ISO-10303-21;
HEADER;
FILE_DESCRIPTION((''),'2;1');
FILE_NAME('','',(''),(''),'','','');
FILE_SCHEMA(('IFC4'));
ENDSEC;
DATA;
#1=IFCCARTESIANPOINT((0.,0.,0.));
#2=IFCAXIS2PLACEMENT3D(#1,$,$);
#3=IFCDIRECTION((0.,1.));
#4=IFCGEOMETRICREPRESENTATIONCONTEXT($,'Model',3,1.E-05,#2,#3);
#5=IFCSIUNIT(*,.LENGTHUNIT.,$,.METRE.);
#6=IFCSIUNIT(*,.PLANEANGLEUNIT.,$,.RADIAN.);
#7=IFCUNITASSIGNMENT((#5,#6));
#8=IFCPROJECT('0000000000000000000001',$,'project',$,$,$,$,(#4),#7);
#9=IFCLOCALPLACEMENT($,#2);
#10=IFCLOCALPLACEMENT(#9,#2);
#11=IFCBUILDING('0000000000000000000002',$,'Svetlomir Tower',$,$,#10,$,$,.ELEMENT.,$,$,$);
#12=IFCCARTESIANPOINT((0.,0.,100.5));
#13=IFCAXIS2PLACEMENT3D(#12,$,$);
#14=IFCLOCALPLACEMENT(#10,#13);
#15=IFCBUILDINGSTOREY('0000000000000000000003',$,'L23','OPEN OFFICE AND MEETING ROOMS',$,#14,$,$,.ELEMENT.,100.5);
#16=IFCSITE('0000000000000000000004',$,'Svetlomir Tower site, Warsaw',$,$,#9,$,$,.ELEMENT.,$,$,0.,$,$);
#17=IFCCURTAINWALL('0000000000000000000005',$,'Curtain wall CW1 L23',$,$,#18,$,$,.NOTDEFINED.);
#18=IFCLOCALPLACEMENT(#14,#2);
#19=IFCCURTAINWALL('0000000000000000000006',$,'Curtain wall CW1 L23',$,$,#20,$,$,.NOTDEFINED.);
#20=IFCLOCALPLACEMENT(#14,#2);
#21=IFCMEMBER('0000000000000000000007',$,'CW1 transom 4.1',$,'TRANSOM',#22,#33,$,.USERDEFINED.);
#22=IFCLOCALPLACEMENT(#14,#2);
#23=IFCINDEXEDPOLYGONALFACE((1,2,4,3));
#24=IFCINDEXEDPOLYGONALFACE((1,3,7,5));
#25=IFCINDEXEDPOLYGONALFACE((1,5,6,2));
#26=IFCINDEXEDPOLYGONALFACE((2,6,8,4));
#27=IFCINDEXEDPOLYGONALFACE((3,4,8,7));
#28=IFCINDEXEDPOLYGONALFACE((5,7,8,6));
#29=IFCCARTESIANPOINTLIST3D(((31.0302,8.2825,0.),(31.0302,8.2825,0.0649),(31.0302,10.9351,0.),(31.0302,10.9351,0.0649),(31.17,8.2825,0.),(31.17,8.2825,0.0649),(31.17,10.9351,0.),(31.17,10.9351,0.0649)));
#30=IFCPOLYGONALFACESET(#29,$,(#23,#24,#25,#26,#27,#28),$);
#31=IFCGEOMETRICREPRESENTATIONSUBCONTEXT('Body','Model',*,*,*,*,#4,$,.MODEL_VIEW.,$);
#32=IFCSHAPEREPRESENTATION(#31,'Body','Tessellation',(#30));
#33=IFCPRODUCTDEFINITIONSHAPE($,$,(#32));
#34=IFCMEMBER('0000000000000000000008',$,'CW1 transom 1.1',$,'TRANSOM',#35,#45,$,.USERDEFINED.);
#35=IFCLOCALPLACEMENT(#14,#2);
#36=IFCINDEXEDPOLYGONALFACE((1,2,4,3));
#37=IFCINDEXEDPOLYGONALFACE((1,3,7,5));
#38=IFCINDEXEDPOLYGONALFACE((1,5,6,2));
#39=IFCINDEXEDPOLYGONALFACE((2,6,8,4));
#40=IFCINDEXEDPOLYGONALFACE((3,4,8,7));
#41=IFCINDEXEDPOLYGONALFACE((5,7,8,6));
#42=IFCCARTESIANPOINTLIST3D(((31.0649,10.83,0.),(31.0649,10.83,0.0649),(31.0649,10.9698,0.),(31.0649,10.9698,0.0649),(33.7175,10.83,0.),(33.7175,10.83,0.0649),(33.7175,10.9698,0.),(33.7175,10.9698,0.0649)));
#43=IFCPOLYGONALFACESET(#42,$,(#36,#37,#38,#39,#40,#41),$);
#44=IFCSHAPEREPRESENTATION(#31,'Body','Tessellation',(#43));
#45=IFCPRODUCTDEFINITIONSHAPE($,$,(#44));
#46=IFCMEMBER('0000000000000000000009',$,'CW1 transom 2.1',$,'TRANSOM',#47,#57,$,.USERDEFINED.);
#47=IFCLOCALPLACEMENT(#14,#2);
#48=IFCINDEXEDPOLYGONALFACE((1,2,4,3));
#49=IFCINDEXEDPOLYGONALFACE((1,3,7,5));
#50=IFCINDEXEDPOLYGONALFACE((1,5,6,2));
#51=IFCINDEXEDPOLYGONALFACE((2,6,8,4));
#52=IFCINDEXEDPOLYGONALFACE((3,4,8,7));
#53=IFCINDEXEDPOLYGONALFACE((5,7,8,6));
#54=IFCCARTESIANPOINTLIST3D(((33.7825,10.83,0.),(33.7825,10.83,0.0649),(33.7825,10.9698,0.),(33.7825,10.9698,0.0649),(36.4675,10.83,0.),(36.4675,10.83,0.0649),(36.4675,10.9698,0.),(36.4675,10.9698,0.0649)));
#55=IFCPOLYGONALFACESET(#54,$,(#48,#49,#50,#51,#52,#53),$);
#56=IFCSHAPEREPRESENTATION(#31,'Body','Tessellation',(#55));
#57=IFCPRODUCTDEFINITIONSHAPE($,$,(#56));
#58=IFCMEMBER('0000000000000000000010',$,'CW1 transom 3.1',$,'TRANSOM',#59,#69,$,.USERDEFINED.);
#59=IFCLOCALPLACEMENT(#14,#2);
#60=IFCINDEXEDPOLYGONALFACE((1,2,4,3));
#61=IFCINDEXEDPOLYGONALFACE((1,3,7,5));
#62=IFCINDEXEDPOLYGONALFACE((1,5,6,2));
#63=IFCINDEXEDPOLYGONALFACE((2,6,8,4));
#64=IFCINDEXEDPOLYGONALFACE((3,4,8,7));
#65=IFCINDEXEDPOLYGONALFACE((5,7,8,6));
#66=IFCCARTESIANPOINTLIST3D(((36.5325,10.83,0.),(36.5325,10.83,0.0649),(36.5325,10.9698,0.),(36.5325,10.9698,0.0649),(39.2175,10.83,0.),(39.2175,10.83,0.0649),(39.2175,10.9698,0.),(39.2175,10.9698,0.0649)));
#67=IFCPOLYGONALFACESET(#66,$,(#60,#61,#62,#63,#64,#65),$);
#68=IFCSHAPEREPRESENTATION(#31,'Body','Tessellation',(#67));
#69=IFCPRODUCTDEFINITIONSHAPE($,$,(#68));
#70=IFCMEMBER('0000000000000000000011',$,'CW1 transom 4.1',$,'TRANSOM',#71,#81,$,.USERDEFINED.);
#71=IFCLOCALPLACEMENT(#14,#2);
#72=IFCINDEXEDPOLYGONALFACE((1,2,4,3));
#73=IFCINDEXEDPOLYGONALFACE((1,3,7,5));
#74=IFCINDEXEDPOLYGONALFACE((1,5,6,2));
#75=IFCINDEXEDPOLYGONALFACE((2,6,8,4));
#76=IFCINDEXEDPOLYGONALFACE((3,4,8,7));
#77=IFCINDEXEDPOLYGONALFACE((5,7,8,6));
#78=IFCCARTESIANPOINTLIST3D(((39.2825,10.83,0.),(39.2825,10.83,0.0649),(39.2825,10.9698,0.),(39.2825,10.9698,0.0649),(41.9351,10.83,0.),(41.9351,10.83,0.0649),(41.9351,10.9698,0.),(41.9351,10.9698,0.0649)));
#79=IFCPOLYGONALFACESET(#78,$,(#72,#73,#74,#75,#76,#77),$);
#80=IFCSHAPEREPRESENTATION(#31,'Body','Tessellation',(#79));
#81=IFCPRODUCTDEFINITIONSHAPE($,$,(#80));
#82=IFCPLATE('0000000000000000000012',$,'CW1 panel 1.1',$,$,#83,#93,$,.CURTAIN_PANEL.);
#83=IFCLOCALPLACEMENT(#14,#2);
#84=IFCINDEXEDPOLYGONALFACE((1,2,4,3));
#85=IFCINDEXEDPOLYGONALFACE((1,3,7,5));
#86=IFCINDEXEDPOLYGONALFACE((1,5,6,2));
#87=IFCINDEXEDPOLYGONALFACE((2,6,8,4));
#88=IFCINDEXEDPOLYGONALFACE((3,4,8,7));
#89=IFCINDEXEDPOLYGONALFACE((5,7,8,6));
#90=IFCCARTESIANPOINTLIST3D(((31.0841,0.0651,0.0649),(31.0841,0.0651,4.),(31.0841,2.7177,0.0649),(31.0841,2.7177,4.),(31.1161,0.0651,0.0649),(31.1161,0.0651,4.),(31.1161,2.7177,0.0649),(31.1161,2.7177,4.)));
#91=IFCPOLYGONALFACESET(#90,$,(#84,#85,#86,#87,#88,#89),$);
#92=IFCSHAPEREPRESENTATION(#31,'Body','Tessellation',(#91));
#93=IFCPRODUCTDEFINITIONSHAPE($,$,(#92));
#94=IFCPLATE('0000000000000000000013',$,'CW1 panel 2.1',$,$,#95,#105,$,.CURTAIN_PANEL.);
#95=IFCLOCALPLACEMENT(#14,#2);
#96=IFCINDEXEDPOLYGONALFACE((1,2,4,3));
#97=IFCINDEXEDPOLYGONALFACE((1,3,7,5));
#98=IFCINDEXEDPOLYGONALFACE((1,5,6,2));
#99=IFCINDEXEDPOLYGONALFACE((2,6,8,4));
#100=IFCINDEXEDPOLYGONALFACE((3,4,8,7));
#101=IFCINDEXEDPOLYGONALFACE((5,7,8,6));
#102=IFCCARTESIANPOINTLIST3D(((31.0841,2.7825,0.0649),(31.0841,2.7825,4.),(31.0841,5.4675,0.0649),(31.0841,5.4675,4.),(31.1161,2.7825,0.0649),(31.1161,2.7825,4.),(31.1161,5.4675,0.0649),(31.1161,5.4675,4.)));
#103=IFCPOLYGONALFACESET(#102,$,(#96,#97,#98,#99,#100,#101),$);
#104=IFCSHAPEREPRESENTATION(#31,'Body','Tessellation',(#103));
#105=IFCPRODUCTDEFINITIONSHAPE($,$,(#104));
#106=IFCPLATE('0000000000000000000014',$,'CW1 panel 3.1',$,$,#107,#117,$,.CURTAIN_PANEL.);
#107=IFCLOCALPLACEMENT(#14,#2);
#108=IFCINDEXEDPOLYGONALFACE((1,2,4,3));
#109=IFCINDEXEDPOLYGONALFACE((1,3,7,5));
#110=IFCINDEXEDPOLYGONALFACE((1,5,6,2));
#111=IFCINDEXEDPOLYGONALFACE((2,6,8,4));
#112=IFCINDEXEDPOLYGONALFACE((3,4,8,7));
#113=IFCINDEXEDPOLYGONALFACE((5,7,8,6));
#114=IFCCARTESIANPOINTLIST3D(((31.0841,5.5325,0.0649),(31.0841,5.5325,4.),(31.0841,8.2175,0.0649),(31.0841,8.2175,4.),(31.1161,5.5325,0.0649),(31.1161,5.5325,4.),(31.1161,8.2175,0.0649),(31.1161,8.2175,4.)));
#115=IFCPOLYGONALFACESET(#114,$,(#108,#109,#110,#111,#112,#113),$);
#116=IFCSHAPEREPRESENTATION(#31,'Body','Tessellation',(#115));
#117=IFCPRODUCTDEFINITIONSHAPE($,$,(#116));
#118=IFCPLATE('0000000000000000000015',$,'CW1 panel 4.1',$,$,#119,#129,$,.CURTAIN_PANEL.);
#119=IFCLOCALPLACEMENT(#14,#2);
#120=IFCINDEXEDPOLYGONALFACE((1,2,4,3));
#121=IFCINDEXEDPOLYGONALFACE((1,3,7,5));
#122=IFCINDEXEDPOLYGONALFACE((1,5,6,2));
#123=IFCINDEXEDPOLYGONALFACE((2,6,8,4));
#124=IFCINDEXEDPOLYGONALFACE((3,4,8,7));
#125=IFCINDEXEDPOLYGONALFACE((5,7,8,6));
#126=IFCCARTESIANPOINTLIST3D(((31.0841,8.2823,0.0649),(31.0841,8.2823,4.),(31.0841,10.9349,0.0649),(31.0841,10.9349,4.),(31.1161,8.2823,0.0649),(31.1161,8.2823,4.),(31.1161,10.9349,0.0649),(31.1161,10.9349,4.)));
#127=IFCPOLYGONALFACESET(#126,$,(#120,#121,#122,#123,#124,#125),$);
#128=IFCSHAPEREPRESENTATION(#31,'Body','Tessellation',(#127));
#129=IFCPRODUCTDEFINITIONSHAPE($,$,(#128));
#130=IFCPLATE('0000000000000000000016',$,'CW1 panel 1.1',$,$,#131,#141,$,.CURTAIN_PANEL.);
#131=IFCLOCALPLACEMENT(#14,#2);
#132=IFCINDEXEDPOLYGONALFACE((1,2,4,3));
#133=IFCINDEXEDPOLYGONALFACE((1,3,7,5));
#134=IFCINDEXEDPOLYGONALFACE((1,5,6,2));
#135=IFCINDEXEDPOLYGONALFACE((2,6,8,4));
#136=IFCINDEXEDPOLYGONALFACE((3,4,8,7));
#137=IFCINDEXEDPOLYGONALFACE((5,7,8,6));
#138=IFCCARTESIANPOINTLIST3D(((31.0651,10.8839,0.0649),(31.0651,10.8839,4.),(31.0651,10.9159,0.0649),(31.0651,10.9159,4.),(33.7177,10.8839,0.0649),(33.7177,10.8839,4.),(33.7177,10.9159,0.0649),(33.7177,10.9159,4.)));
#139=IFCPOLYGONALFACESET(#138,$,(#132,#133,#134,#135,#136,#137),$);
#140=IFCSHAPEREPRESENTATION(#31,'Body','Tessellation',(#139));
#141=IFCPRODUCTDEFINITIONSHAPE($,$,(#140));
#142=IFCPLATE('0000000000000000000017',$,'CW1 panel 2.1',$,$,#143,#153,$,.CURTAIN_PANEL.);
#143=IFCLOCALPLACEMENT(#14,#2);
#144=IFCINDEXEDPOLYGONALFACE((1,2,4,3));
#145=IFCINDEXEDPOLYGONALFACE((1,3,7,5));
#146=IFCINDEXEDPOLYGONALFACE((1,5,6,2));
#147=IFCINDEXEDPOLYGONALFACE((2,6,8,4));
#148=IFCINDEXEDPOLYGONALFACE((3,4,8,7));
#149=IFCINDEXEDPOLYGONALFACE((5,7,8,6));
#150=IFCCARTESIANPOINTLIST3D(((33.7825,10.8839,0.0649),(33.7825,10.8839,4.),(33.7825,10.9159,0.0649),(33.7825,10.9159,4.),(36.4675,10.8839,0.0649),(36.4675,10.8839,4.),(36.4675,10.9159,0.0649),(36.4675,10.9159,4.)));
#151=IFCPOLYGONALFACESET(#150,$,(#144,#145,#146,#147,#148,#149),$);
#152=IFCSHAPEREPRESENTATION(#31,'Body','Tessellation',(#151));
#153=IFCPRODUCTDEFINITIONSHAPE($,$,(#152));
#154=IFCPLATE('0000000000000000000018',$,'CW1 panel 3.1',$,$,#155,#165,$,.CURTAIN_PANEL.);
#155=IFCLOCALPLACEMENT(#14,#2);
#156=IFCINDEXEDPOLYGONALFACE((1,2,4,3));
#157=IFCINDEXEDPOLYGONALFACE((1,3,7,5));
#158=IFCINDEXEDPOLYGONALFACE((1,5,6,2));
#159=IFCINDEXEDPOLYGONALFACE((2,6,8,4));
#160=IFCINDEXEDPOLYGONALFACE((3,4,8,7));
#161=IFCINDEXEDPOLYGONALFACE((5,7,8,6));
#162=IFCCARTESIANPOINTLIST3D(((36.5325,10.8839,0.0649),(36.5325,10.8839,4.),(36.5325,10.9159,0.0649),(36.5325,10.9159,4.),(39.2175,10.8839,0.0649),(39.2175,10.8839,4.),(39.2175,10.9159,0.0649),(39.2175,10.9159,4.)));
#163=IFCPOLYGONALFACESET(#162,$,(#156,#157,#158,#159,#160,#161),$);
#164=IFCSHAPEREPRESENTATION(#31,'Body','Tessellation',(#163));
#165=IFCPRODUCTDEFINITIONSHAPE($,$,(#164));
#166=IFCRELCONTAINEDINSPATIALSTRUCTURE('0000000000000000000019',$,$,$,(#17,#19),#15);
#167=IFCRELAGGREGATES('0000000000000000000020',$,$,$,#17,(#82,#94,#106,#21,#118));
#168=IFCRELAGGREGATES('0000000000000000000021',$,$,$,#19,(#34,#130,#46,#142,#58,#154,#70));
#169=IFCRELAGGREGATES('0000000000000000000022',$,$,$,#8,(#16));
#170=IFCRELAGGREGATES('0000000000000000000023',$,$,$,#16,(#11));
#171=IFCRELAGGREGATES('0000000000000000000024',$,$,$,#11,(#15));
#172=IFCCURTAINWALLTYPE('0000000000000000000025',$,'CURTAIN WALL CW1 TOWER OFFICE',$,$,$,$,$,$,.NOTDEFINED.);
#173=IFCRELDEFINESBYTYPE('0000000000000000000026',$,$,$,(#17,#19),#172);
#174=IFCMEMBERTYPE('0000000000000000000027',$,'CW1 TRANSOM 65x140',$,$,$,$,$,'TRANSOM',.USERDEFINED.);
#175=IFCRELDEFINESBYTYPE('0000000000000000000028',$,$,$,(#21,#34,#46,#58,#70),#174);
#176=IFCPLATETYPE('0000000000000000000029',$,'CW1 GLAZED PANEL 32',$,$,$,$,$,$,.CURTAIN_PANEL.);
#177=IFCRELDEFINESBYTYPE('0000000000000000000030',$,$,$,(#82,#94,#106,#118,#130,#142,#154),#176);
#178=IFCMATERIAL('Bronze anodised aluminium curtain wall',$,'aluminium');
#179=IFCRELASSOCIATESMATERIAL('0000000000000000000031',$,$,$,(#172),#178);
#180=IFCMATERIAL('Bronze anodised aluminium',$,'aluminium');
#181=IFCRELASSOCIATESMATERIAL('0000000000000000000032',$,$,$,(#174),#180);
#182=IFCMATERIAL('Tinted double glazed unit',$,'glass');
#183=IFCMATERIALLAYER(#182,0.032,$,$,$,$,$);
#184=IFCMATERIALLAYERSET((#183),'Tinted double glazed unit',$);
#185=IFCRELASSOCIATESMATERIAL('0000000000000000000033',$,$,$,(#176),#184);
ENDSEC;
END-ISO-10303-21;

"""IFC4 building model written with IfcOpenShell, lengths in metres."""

from ifc_helpers import new_model, si_unit, direction, frame, origin, origin_2d, place, context, subcontext, project, spatial, rectangle, extrude, material, layer, layer_set, material_profile, profile_set, type_object, element, aggregate, save


model = new_model("IFC4")

# Units and contexts
model_context = context("Model", 3, precision=1e-05, world=origin(), true_north=direction((0.0, 1.0)))
body_context = subcontext(model_context, "Body", "Model", "MODEL_VIEW")
ifc_project = project(units=[si_unit("LENGTHUNIT", "METRE"), si_unit("PLANEANGLEUNIT", "RADIAN")], contexts=[model_context])

# Site, building, storey
site_placement = place(None, origin())
site = spatial("IfcSite", under=ifc_project, at=site_placement, Name="Svetlomir Tower site, Warsaw", CompositionType="ELEMENT", RefElevation=0.0)
building_placement = place(site_placement, origin())
building = spatial("IfcBuilding", under=site, at=building_placement, Name="Svetlomir Tower", CompositionType="ELEMENT")
storey_placement = place(building_placement, frame((0.0, 0.0, 100.5)))
storey = spatial("IfcBuildingStorey", under=building, at=storey_placement, Name="L23", Description="OPEN OFFICE AND MEETING ROOMS", CompositionType="ELEMENT", Elevation=100.5)

# Curtain walls
ifc_material_1 = material(Name="Bronze anodised aluminium curtain wall", Category="aluminium")
curtain_wall_type = type_object("IfcCurtainWallType", Name="CURTAIN WALL CW1 TOWER OFFICE", PredefinedType="NOTDEFINED", material=ifc_material_1)
curtain_wall_1_placement = place(storey_placement, origin())
curtain_wall_1 = element("IfcCurtainWall", 1, at=curtain_wall_1_placement, inside=storey, type_object=curtain_wall_type, Name="Curtain wall CW1 L23", PredefinedType="NOTDEFINED")
curtain_wall_2_placement = place(storey_placement, origin())
curtain_wall_2 = element("IfcCurtainWall", 2, at=curtain_wall_2_placement, inside=storey, type_object=curtain_wall_type, Name="Curtain wall CW1 L23", PredefinedType="NOTDEFINED")

# Members
ifc_material_2 = material(Name="Bronze anodised aluminium", Category="aluminium")
ifc_material_profile_1 = material_profile(ifc_material_2, rectangle(XDim=0.1399, YDim=0.0649, at=origin_2d()), Name="AL 140x65")
ifc_profile_set_1 = profile_set([ifc_material_profile_1], Name="Bronze anodised aluminium 6063-T6")
member_type_1 = type_object("IfcMemberType", Name="CW1 TRANSOM 65x140", ElementType="TRANSOM", PredefinedType="USERDEFINED", material=ifc_profile_set_1)
member_1_placement = place(storey_placement, frame((31.1001, 8.2825, 0.0325), z_axis=(0.0, 1.0, 0.0), x_axis=(-1.0, 0.0, 0.0)))
member_1 = element("IfcMember", 3, at=member_1_placement, type_object=member_type_1, Name="CW1 transom 4.1", ObjectType="TRANSOM", PredefinedType="USERDEFINED", context=body_context, shape_type="SweptSolid", body=[
    extrude(rectangle(XDim=0.1399, YDim=0.0649, at=origin_2d()), origin(), (0.0, 0.0, 1.0), 2.6526),
])
member_2_placement = place(storey_placement, frame((31.0649, 10.8999, 0.0325), z_axis=(1.0, 0.0, 0.0), x_axis=(0.0, 1.0, 0.0)))
member_2 = element("IfcMember", 4, at=member_2_placement, type_object=member_type_1, Name="CW1 transom 1.1", ObjectType="TRANSOM", PredefinedType="USERDEFINED", context=body_context, shape_type="SweptSolid", body=[
    extrude(rectangle(XDim=0.1399, YDim=0.0649, at=origin_2d()), origin(), (0.0, 0.0, 1.0), 2.6526),
])
member_3_placement = place(storey_placement, frame((33.7825, 10.8999, 0.0325), z_axis=(1.0, 0.0, 0.0), x_axis=(0.0, 1.0, 0.0)))
member_3 = element("IfcMember", 5, at=member_3_placement, type_object=member_type_1, Name="CW1 transom 2.1", ObjectType="TRANSOM", PredefinedType="USERDEFINED", context=body_context, shape_type="SweptSolid", body=[
    extrude(rectangle(XDim=0.1399, YDim=0.0649, at=origin_2d()), origin(), (0.0, 0.0, 1.0), 2.6851),
])
member_4_placement = place(storey_placement, frame((36.5325, 10.8999, 0.0325), z_axis=(1.0, 0.0, 0.0), x_axis=(0.0, 1.0, 0.0)))
member_4 = element("IfcMember", 6, at=member_4_placement, type_object=member_type_1, Name="CW1 transom 3.1", ObjectType="TRANSOM", PredefinedType="USERDEFINED", context=body_context, shape_type="SweptSolid", body=[
    extrude(rectangle(XDim=0.1399, YDim=0.0649, at=origin_2d()), origin(), (0.0, 0.0, 1.0), 2.6851),
])
member_5_placement = place(storey_placement, frame((39.2825, 10.8999, 0.0325), z_axis=(1.0, 0.0, 0.0), x_axis=(0.0, 1.0, 0.0)))
member_5 = element("IfcMember", 7, at=member_5_placement, type_object=member_type_1, Name="CW1 transom 4.1", ObjectType="TRANSOM", PredefinedType="USERDEFINED", context=body_context, shape_type="SweptSolid", body=[
    extrude(rectangle(XDim=0.1399, YDim=0.0649, at=origin_2d()), origin(), (0.0, 0.0, 1.0), 2.6526),
])

# Plates
ifc_material_3 = material(Name="Tinted double glazed unit", Category="glass")
ifc_layer = layer(ifc_material_3, 0.032)
ifc_layer_set = layer_set([ifc_layer], Name="Tinted double glazed unit")
plate_type = type_object("IfcPlateType", Name="CW1 GLAZED PANEL 32", PredefinedType="CURTAIN_PANEL", material=ifc_layer_set)
plate_1_placement = place(storey_placement, frame((31.1001, 1.3914, 0.0649), z_axis=(0.0, 0.0, 1.0), x_axis=(0.0, 1.0, 0.0)))
plate_1 = element("IfcPlate", 8, at=plate_1_placement, type_object=plate_type, Name="CW1 panel 1.1", PredefinedType="CURTAIN_PANEL", context=body_context, shape_type="SweptSolid", body=[
    extrude(rectangle(XDim=2.6526, YDim=0.032, at=origin_2d()), origin(), (0.0, 0.0, 1.0), 3.9351),
])
plate_2_placement = place(storey_placement, frame((31.1001, 4.125, 0.0649), z_axis=(0.0, 0.0, 1.0), x_axis=(0.0, 1.0, 0.0)))
plate_2 = element("IfcPlate", 9, at=plate_2_placement, type_object=plate_type, Name="CW1 panel 2.1", PredefinedType="CURTAIN_PANEL", context=body_context, shape_type="SweptSolid", body=[
    extrude(rectangle(XDim=2.6851, YDim=0.032, at=origin_2d()), origin(), (0.0, 0.0, 1.0), 3.9351),
])
plate_3_placement = place(storey_placement, frame((31.1001, 6.875, 0.0649), z_axis=(0.0, 0.0, 1.0), x_axis=(0.0, 1.0, 0.0)))
plate_3 = element("IfcPlate", 10, at=plate_3_placement, type_object=plate_type, Name="CW1 panel 3.1", PredefinedType="CURTAIN_PANEL", context=body_context, shape_type="SweptSolid", body=[
    extrude(rectangle(XDim=2.6851, YDim=0.032, at=origin_2d()), origin(), (0.0, 0.0, 1.0), 3.9351),
])
plate_4_placement = place(storey_placement, frame((31.1001, 9.6086, 0.0649), z_axis=(0.0, 0.0, 1.0), x_axis=(0.0, 1.0, 0.0)))
plate_4 = element("IfcPlate", 11, at=plate_4_placement, type_object=plate_type, Name="CW1 panel 4.1", PredefinedType="CURTAIN_PANEL", context=body_context, shape_type="SweptSolid", body=[
    extrude(rectangle(XDim=2.6526, YDim=0.032, at=origin_2d()), origin(), (0.0, 0.0, 1.0), 3.9351),
])
aggregate(curtain_wall_1, [plate_1, plate_2, plate_3, member_1, plate_4])
plate_5_placement = place(storey_placement, frame((32.3914, 10.8999, 0.0649), z_axis=(0.0, 0.0, 1.0), x_axis=(1.0, 0.0, 0.0)))
plate_5 = element("IfcPlate", 12, at=plate_5_placement, type_object=plate_type, Name="CW1 panel 1.1", PredefinedType="CURTAIN_PANEL", context=body_context, shape_type="SweptSolid", body=[
    extrude(rectangle(XDim=2.6526, YDim=0.032, at=origin_2d()), origin(), (0.0, 0.0, 1.0), 3.9351),
])
plate_6_placement = place(storey_placement, frame((35.125, 10.8999, 0.0649), z_axis=(0.0, 0.0, 1.0), x_axis=(1.0, 0.0, 0.0)))
plate_6 = element("IfcPlate", 13, at=plate_6_placement, type_object=plate_type, Name="CW1 panel 2.1", PredefinedType="CURTAIN_PANEL", context=body_context, shape_type="SweptSolid", body=[
    extrude(rectangle(XDim=2.6851, YDim=0.032, at=origin_2d()), origin(), (0.0, 0.0, 1.0), 3.9351),
])
plate_7_placement = place(storey_placement, frame((37.875, 10.8999, 0.0649), z_axis=(0.0, 0.0, 1.0), x_axis=(1.0, 0.0, 0.0)))
plate_7 = element("IfcPlate", 14, at=plate_7_placement, type_object=plate_type, Name="CW1 panel 3.1", PredefinedType="CURTAIN_PANEL", context=body_context, shape_type="SweptSolid", body=[
    extrude(rectangle(XDim=2.6851, YDim=0.032, at=origin_2d()), origin(), (0.0, 0.0, 1.0), 3.9351),
])
aggregate(curtain_wall_2, [member_2, plate_5, member_3, plate_6, member_4, plate_7, member_5])

save(model, "model.ifc")
